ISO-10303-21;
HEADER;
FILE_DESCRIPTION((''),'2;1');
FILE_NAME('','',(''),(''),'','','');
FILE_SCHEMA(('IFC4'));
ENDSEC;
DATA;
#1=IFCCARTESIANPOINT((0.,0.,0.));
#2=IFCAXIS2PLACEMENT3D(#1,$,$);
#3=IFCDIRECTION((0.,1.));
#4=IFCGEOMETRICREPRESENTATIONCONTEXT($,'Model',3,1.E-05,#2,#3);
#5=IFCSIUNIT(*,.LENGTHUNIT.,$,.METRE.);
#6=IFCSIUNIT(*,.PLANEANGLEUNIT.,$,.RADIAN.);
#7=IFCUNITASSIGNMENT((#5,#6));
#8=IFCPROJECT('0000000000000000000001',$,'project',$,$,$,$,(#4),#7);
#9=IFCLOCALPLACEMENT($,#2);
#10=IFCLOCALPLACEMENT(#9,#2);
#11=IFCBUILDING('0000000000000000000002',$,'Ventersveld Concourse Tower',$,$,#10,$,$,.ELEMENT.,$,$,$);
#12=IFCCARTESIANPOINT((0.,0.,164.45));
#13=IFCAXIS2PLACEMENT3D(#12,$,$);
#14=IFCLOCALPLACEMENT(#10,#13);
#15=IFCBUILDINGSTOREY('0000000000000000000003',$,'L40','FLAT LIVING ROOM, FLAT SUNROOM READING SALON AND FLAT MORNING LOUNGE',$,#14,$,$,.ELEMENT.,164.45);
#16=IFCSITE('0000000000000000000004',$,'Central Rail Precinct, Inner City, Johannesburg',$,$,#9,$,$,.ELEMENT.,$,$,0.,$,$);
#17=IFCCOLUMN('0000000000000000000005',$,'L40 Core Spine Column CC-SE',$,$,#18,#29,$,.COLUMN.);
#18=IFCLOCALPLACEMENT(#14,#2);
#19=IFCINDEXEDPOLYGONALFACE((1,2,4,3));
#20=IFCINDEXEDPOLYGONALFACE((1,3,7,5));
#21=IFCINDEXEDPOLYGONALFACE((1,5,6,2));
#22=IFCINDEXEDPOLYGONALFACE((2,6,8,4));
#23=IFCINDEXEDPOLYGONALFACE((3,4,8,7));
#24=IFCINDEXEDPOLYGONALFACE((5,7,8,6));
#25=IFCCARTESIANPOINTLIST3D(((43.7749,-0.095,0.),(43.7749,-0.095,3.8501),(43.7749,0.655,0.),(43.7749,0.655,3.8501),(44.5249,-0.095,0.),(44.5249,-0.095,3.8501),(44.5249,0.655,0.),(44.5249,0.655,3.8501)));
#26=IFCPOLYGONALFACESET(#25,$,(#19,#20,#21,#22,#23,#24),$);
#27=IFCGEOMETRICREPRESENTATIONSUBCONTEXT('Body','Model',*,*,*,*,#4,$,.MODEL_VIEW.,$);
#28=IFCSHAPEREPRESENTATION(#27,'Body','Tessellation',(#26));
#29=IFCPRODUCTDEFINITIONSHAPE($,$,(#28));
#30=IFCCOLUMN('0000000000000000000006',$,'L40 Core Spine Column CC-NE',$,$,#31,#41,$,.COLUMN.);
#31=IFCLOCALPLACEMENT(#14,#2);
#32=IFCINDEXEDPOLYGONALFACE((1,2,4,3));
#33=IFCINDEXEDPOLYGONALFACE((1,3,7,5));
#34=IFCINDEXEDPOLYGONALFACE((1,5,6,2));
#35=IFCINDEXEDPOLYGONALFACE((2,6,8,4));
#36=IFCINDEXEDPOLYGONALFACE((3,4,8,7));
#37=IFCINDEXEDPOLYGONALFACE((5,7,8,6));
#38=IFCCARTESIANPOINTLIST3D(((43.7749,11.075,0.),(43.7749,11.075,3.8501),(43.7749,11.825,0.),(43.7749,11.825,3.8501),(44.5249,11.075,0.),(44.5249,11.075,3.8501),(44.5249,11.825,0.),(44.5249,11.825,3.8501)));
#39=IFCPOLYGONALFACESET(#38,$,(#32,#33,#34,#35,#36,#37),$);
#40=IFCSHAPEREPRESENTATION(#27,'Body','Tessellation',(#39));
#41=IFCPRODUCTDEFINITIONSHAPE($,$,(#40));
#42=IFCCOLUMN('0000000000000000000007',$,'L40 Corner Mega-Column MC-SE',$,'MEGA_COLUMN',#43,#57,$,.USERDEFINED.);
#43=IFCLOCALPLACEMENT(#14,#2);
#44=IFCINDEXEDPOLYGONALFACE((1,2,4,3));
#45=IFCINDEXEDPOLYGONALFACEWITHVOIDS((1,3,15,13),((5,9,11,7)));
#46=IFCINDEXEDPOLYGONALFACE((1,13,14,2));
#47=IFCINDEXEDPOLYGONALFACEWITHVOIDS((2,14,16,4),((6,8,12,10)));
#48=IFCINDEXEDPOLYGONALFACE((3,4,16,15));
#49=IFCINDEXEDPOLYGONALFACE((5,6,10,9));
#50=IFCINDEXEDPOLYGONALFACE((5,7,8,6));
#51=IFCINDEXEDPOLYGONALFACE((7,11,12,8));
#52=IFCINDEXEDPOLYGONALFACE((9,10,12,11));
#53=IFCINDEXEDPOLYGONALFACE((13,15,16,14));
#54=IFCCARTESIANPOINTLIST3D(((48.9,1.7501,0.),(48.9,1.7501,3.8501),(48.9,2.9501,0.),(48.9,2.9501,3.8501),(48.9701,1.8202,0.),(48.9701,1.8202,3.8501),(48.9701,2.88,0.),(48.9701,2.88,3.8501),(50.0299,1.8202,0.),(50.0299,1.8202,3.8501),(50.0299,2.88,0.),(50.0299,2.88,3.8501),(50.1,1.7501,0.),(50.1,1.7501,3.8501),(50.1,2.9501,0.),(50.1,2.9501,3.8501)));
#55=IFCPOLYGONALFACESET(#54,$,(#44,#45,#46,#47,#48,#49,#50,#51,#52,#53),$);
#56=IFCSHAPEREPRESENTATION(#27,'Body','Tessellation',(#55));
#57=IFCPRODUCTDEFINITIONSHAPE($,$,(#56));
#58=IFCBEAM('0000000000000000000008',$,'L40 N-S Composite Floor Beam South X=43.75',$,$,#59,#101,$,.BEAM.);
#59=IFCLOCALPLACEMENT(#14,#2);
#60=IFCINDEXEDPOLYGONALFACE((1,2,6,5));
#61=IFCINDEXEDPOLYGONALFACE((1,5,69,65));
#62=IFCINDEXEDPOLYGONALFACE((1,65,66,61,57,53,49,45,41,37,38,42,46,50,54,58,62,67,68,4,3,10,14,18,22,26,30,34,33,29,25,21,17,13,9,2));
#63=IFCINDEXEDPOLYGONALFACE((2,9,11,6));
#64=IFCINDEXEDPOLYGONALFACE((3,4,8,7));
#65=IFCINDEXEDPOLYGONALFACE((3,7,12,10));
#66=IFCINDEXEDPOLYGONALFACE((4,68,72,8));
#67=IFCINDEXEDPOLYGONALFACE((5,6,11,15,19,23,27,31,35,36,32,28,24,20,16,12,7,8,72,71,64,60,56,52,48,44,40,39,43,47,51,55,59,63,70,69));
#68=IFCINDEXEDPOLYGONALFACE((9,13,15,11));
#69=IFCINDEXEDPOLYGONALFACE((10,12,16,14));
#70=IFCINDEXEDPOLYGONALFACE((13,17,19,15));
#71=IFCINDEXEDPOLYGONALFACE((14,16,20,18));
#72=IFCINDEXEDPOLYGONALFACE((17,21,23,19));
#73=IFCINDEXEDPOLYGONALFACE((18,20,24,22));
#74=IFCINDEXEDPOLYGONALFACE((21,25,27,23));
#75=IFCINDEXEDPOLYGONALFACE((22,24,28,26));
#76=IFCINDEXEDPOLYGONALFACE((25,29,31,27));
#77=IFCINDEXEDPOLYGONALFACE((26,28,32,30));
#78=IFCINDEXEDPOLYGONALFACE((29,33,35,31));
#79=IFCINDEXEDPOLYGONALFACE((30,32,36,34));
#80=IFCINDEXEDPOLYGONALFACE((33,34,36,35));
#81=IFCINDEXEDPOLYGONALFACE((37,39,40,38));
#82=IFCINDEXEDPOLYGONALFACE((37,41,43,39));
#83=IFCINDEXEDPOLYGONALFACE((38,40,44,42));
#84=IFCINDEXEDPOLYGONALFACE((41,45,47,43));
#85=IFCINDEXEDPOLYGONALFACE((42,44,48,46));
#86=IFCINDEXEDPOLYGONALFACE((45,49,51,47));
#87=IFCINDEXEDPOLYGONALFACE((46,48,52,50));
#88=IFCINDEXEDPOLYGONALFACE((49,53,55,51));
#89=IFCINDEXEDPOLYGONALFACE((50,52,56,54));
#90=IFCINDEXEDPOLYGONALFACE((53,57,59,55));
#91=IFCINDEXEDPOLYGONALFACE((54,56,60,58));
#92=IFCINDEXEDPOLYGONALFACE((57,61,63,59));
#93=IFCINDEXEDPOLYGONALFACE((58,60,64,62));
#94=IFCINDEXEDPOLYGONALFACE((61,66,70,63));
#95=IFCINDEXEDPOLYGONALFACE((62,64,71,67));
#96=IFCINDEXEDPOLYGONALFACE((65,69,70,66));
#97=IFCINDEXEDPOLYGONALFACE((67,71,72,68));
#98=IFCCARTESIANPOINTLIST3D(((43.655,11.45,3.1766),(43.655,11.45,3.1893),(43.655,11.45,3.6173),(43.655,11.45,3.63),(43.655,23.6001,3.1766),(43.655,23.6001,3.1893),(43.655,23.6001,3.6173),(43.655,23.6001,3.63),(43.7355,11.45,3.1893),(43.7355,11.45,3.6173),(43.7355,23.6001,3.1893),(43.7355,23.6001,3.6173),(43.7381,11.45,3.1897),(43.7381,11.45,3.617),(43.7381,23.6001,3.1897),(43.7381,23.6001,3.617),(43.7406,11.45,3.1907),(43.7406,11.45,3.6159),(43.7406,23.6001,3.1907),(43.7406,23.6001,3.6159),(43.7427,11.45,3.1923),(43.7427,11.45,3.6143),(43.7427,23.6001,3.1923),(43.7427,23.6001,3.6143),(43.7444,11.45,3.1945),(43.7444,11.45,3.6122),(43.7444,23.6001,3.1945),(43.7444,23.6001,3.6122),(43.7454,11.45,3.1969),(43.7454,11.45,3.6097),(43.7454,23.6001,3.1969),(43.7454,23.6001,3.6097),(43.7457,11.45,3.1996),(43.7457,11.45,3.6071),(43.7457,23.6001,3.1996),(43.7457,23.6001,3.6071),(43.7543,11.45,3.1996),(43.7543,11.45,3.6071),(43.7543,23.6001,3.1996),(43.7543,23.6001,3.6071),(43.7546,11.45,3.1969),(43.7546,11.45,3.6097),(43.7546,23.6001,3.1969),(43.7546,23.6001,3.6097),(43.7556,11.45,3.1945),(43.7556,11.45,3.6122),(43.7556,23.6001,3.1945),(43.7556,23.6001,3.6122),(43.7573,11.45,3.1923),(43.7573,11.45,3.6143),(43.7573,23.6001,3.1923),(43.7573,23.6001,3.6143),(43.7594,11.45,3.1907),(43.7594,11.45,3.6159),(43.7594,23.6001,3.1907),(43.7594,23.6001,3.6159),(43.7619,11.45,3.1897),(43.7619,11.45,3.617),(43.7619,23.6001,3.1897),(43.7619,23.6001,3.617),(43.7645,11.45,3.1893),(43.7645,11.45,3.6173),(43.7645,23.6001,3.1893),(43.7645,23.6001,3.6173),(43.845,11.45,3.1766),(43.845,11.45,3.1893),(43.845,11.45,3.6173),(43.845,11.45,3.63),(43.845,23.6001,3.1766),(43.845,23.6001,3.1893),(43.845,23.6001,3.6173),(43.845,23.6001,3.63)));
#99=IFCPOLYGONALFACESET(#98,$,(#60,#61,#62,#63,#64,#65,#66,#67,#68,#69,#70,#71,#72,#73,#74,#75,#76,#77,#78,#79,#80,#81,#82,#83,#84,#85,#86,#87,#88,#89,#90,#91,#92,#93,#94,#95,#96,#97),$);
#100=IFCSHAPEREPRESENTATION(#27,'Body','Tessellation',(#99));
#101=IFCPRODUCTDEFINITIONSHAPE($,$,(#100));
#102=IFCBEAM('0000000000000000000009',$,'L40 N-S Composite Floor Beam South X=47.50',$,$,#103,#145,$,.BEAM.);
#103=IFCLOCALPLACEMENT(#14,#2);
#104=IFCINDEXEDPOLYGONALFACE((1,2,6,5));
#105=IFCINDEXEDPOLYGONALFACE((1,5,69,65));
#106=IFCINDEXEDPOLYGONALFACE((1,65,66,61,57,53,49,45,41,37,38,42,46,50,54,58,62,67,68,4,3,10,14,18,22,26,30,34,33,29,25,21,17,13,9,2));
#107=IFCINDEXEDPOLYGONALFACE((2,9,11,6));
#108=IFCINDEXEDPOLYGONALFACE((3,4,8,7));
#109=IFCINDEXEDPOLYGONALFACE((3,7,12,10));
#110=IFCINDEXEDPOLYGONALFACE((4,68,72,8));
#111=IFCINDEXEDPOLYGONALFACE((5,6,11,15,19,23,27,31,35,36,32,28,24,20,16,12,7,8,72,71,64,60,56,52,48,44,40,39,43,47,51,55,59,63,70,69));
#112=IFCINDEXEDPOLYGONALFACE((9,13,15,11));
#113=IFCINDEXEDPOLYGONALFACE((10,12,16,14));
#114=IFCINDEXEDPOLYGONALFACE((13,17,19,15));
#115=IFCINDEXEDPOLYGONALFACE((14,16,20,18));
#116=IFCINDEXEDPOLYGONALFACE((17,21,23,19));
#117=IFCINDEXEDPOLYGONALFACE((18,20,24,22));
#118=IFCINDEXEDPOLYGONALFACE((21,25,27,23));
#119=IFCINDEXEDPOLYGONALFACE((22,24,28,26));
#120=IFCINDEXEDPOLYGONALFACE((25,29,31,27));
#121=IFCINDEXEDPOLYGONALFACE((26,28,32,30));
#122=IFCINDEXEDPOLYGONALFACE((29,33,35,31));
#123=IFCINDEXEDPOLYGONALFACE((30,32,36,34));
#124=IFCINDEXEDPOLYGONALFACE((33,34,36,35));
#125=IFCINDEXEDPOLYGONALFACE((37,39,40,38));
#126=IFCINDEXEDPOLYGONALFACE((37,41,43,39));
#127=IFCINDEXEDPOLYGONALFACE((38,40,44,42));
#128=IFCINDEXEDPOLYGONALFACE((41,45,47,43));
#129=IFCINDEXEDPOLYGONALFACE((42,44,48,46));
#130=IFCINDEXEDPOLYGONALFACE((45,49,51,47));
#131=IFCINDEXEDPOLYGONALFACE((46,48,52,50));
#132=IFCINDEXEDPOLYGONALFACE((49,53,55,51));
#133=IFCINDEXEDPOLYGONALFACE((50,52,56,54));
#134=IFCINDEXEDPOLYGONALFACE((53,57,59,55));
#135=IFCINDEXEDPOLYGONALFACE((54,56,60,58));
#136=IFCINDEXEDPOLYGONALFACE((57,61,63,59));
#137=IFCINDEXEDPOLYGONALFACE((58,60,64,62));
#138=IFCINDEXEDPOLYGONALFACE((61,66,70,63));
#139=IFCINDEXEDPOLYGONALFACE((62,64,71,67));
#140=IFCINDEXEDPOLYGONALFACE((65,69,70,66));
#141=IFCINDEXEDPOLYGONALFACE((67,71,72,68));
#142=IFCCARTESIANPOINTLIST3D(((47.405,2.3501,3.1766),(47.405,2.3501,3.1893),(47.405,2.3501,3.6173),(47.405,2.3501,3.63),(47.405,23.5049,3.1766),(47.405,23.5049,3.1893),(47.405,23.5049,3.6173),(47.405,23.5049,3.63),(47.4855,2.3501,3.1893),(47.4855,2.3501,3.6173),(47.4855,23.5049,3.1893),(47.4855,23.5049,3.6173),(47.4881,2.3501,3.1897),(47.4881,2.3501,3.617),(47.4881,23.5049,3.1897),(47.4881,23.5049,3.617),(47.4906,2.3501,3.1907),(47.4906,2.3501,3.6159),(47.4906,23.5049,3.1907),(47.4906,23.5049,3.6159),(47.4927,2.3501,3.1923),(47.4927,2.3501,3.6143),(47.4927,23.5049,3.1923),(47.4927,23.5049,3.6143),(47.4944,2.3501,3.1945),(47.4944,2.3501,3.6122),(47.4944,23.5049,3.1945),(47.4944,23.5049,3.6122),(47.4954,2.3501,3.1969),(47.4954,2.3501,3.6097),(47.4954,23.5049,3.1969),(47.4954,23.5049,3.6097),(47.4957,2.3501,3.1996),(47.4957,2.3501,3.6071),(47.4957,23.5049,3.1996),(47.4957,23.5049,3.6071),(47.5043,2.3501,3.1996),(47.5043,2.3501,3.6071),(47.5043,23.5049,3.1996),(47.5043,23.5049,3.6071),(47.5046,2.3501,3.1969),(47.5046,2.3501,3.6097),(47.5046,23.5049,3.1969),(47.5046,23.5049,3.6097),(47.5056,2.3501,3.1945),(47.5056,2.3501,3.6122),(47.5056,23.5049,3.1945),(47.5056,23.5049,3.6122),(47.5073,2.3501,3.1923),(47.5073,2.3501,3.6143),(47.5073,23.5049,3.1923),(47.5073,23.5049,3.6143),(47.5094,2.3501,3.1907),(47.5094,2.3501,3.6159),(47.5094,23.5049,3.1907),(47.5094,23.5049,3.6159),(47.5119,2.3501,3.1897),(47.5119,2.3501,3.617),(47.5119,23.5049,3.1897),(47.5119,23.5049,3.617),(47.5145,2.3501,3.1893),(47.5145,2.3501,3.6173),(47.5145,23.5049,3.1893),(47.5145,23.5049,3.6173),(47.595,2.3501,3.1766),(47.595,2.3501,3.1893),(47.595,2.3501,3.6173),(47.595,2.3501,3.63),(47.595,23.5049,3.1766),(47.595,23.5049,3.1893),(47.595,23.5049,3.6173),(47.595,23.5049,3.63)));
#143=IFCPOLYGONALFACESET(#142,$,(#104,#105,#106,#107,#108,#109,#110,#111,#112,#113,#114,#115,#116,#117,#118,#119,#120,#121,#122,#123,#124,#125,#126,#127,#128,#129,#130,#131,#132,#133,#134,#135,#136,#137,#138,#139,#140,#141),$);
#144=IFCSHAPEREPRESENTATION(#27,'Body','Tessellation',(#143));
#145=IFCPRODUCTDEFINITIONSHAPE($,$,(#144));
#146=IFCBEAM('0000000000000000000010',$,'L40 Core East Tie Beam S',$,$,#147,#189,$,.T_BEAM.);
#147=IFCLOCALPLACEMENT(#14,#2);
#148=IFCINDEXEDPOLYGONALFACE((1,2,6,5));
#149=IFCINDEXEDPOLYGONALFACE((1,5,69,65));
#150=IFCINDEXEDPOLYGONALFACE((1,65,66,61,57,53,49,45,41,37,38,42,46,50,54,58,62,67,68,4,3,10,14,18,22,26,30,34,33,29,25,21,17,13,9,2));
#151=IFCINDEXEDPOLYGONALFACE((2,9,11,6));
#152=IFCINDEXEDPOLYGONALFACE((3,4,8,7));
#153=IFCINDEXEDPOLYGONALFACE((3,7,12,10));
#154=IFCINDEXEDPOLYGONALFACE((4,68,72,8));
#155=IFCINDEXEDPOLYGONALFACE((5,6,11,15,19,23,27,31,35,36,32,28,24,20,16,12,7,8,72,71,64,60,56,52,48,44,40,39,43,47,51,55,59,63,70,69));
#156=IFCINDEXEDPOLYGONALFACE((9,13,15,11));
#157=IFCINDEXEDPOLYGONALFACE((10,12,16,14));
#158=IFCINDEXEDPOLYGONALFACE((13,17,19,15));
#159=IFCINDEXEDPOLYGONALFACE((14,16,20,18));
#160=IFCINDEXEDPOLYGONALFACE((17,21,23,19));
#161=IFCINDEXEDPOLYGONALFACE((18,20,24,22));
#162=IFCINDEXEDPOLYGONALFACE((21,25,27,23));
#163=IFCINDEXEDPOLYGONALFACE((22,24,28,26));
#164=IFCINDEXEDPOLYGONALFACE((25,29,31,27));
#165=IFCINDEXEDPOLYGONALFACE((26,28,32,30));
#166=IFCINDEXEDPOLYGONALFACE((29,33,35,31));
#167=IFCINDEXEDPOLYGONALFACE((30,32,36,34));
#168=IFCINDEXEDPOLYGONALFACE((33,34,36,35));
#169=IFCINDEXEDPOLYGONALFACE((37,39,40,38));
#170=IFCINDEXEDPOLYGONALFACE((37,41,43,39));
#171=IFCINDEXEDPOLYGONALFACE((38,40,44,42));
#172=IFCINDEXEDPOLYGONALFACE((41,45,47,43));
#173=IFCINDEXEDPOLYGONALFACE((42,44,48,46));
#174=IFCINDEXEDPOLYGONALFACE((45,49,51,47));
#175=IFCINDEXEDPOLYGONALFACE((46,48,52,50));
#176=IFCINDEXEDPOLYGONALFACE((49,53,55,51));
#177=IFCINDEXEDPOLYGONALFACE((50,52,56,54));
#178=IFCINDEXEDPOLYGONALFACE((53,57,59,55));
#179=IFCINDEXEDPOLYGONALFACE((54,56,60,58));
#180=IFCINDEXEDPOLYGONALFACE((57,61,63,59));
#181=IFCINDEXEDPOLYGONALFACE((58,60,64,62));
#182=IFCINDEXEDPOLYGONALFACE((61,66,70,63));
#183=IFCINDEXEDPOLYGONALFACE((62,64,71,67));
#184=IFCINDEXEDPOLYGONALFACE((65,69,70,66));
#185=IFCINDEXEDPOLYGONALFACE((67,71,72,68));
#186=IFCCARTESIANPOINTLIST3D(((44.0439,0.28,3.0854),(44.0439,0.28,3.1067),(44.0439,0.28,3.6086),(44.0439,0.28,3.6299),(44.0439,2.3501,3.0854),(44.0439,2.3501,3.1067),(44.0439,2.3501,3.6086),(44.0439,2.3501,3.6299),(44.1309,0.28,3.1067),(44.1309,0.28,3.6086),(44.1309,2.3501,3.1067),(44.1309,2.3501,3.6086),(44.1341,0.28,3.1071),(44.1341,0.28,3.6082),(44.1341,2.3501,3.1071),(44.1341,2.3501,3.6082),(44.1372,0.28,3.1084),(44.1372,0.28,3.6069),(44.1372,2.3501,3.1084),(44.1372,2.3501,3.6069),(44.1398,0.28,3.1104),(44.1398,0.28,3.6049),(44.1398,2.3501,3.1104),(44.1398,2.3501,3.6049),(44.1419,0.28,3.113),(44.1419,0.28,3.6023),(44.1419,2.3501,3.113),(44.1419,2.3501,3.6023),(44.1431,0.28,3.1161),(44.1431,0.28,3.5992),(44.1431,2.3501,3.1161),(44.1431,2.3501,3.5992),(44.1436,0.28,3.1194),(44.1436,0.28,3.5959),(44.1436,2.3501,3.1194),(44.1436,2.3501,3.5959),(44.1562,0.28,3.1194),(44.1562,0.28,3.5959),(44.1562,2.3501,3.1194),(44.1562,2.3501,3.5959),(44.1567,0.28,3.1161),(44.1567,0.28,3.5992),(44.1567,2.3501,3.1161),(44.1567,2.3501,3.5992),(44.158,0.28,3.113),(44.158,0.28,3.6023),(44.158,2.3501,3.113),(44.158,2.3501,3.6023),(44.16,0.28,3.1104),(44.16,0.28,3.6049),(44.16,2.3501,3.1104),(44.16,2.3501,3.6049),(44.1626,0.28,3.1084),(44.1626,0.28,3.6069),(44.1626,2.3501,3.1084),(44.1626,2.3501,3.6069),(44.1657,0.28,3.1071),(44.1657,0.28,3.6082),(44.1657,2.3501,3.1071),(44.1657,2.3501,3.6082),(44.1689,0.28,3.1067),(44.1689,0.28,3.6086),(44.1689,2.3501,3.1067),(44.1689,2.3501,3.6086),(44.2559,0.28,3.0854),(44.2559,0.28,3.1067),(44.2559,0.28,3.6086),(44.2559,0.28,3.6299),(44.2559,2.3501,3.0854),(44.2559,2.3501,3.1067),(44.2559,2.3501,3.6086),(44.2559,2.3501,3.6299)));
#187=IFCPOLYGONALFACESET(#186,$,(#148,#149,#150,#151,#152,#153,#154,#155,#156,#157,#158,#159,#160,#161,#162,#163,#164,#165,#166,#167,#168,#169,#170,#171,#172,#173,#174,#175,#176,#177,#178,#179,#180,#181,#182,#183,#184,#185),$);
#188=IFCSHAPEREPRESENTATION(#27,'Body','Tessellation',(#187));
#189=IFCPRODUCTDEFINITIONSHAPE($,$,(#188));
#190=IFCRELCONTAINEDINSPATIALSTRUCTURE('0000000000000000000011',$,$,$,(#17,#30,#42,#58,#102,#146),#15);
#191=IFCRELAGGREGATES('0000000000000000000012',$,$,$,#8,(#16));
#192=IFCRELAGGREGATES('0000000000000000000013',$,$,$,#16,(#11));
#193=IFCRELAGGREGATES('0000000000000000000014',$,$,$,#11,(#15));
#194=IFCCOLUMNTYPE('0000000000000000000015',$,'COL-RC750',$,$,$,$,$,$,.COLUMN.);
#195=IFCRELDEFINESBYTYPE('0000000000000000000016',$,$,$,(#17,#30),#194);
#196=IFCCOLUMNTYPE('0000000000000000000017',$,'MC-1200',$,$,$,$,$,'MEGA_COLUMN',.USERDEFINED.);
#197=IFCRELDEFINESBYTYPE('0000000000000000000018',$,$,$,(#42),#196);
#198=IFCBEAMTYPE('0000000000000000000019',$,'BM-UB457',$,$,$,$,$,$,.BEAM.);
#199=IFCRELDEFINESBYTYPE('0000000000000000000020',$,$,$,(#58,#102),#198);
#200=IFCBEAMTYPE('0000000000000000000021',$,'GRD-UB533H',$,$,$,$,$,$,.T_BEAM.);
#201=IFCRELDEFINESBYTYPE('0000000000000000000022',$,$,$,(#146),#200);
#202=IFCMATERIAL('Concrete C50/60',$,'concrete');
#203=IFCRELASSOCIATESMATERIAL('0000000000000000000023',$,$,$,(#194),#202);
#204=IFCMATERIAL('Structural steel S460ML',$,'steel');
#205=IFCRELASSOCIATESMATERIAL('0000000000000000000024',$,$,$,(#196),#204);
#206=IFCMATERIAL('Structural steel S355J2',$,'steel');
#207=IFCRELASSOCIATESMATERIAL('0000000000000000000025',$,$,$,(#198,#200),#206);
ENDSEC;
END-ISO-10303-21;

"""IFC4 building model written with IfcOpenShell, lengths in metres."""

from ifc_helpers import new_model, si_unit, direction, frame, origin, origin_2d, place, context, subcontext, project, spatial, rectangle, hollow_rectangle, i_section, extrude, material, material_profile, profile_set, type_object, element, save


model = new_model("IFC4")

# Units and contexts
model_context = context("Model", 3, precision=1e-05, world=origin(), true_north=direction((0.0, 1.0)))
body_context = subcontext(model_context, "Body", "Model", "MODEL_VIEW")
ifc_project = project(units=[si_unit("LENGTHUNIT", "METRE"), si_unit("PLANEANGLEUNIT", "RADIAN")], contexts=[model_context])

# Site, building, storey
site_placement = place(None, origin())
site = spatial("IfcSite", under=ifc_project, at=site_placement, Name="Central Rail Precinct, Inner City, Johannesburg", CompositionType="ELEMENT", RefElevation=0.0)
building_placement = place(site_placement, origin())
building = spatial("IfcBuilding", under=site, at=building_placement, Name="Ventersveld Concourse Tower", CompositionType="ELEMENT")
storey_placement = place(building_placement, frame((0.0, 0.0, 164.45)))
storey = spatial("IfcBuildingStorey", under=building, at=storey_placement, Name="L40", Description="FLAT LIVING ROOM, FLAT SUNROOM READING SALON AND FLAT MORNING LOUNGE", CompositionType="ELEMENT", Elevation=164.45)

# Columns
ifc_material_1 = material(Name="Concrete C50/60", Category="concrete")
ifc_material_profile_1 = material_profile(ifc_material_1, rectangle(XDim=0.75, YDim=0.75, at=origin_2d()), Name="RC 750x750")
ifc_profile_set_1 = profile_set([ifc_material_profile_1], Name="Concrete C50/60")
column_type_1 = type_object("IfcColumnType", Name="COL-RC750", PredefinedType="COLUMN", material=ifc_profile_set_1)
for number, where, z_axis, x_axis, name in (
    (1, (44.1499, 0.28, 0.0), (0.0, 0.0, 1.0), (1.0, 0.0, 0.0), "L40 Core Spine Column CC-SE"),
    (2, (44.1499, 11.45, 0.0), (0.0, 0.0, 1.0), (1.0, 0.0, 0.0), "L40 Core Spine Column CC-NE"),
):
    element("IfcColumn", number, at=place(storey_placement, frame(where, z_axis=z_axis, x_axis=x_axis)), inside=storey, type_object=column_type_1, Name=name, PredefinedType="COLUMN", context=body_context, shape_type="SweptSolid", body=[
        extrude(rectangle(XDim=0.75, YDim=0.75, at=origin_2d()), origin(), (0.0, 0.0, 1.0), 3.8501),
    ])
ifc_material_2 = material(Name="Structural steel S460ML", Category="steel")
ifc_material_profile_2 = material_profile(ifc_material_2, hollow_rectangle(XDim=1.2, YDim=1.2, WallThickness=0.0701, at=origin_2d()), Name="BOX 1200x1200x70")
ifc_profile_set_2 = profile_set([ifc_material_profile_2], Name="Structural steel S460ML")
column_type_2 = type_object("IfcColumnType", Name="MC-1200", ElementType="MEGA_COLUMN", PredefinedType="USERDEFINED", material=ifc_profile_set_2)
column_placement = place(storey_placement, frame((49.5, 2.3501, 0.0), z_axis=(0.0, 0.0, 1.0), x_axis=(1.0, 0.0, 0.0)))
element("IfcColumn", 3, at=column_placement, inside=storey, type_object=column_type_2, Name="L40 Corner Mega-Column MC-SE", ObjectType="MEGA_COLUMN", PredefinedType="USERDEFINED", context=body_context, shape_type="SweptSolid", body=[
    extrude(hollow_rectangle(XDim=1.2, YDim=1.2, WallThickness=0.0701, at=origin_2d()), origin(), (0.0, 0.0, 1.0), 3.8501),
])

# Beams
ifc_material_3 = material(Name="Structural steel S355J2", Category="steel")
ifc_material_profile_3 = material_profile(ifc_material_3, i_section(OverallWidth=0.1899, OverallDepth=0.4534, WebThickness=0.0085, FlangeThickness=0.0127, FilletRadius=0.0103, at=origin_2d()), Name="UB 457x191x67")
ifc_profile_set_3 = profile_set([ifc_material_profile_3], Name="Structural steel S355J2")
beam_type_1 = type_object("IfcBeamType", Name="BM-UB457", PredefinedType="BEAM", material=ifc_profile_set_3)
beam_1_placement = place(storey_placement, frame((43.75, 11.45, 3.4033), z_axis=(0.0, 1.0, 0.0), x_axis=(-1.0, 0.0, 0.0)))
element("IfcBeam", 4, at=beam_1_placement, inside=storey, type_object=beam_type_1, Name="L40 N-S Composite Floor Beam South X=43.75", PredefinedType="BEAM", context=body_context, shape_type="SweptSolid", body=[
    extrude(i_section(OverallWidth=0.1899, OverallDepth=0.4534, WebThickness=0.0085, FlangeThickness=0.0127, FilletRadius=0.0103, at=origin_2d()), origin(), (0.0, 0.0, 1.0), 12.1501),
])
beam_2_placement = place(storey_placement, frame((47.5, 2.3501, 3.4033), z_axis=(0.0, 1.0, 0.0), x_axis=(-1.0, 0.0, 0.0)))
element("IfcBeam", 5, at=beam_2_placement, inside=storey, type_object=beam_type_1, Name="L40 N-S Composite Floor Beam South X=47.50", PredefinedType="BEAM", context=body_context, shape_type="SweptSolid", body=[
    extrude(i_section(OverallWidth=0.1899, OverallDepth=0.4534, WebThickness=0.0085, FlangeThickness=0.0127, FilletRadius=0.0103, at=origin_2d()), origin(), (0.0, 0.0, 1.0), 21.1548),
])
ifc_material_profile_4 = material_profile(ifc_material_3, i_section(OverallWidth=0.2119, OverallDepth=0.5444, WebThickness=0.0127, FlangeThickness=0.0212, FilletRadius=0.0127, at=origin_2d()), Name="UB 533x210x122")
ifc_profile_set_4 = profile_set([ifc_material_profile_4], Name="Structural steel S355J2")
beam_type_2 = type_object("IfcBeamType", Name="GRD-UB533H", PredefinedType="T_BEAM", material=ifc_profile_set_4)
beam_3_placement = place(storey_placement, frame((44.1499, 0.28, 3.3577), z_axis=(0.0, 1.0, 0.0), x_axis=(-1.0, 0.0, 0.0)))
element("IfcBeam", 6, at=beam_3_placement, inside=storey, type_object=beam_type_2, Name="L40 Core East Tie Beam S", PredefinedType="T_BEAM", context=body_context, shape_type="SweptSolid", body=[
    extrude(i_section(OverallWidth=0.2119, OverallDepth=0.5444, WebThickness=0.0127, FlangeThickness=0.0212, FilletRadius=0.0127, at=origin_2d()), origin(), (0.0, 0.0, 1.0), 2.0701),
])

save(model, "model.ifc")
